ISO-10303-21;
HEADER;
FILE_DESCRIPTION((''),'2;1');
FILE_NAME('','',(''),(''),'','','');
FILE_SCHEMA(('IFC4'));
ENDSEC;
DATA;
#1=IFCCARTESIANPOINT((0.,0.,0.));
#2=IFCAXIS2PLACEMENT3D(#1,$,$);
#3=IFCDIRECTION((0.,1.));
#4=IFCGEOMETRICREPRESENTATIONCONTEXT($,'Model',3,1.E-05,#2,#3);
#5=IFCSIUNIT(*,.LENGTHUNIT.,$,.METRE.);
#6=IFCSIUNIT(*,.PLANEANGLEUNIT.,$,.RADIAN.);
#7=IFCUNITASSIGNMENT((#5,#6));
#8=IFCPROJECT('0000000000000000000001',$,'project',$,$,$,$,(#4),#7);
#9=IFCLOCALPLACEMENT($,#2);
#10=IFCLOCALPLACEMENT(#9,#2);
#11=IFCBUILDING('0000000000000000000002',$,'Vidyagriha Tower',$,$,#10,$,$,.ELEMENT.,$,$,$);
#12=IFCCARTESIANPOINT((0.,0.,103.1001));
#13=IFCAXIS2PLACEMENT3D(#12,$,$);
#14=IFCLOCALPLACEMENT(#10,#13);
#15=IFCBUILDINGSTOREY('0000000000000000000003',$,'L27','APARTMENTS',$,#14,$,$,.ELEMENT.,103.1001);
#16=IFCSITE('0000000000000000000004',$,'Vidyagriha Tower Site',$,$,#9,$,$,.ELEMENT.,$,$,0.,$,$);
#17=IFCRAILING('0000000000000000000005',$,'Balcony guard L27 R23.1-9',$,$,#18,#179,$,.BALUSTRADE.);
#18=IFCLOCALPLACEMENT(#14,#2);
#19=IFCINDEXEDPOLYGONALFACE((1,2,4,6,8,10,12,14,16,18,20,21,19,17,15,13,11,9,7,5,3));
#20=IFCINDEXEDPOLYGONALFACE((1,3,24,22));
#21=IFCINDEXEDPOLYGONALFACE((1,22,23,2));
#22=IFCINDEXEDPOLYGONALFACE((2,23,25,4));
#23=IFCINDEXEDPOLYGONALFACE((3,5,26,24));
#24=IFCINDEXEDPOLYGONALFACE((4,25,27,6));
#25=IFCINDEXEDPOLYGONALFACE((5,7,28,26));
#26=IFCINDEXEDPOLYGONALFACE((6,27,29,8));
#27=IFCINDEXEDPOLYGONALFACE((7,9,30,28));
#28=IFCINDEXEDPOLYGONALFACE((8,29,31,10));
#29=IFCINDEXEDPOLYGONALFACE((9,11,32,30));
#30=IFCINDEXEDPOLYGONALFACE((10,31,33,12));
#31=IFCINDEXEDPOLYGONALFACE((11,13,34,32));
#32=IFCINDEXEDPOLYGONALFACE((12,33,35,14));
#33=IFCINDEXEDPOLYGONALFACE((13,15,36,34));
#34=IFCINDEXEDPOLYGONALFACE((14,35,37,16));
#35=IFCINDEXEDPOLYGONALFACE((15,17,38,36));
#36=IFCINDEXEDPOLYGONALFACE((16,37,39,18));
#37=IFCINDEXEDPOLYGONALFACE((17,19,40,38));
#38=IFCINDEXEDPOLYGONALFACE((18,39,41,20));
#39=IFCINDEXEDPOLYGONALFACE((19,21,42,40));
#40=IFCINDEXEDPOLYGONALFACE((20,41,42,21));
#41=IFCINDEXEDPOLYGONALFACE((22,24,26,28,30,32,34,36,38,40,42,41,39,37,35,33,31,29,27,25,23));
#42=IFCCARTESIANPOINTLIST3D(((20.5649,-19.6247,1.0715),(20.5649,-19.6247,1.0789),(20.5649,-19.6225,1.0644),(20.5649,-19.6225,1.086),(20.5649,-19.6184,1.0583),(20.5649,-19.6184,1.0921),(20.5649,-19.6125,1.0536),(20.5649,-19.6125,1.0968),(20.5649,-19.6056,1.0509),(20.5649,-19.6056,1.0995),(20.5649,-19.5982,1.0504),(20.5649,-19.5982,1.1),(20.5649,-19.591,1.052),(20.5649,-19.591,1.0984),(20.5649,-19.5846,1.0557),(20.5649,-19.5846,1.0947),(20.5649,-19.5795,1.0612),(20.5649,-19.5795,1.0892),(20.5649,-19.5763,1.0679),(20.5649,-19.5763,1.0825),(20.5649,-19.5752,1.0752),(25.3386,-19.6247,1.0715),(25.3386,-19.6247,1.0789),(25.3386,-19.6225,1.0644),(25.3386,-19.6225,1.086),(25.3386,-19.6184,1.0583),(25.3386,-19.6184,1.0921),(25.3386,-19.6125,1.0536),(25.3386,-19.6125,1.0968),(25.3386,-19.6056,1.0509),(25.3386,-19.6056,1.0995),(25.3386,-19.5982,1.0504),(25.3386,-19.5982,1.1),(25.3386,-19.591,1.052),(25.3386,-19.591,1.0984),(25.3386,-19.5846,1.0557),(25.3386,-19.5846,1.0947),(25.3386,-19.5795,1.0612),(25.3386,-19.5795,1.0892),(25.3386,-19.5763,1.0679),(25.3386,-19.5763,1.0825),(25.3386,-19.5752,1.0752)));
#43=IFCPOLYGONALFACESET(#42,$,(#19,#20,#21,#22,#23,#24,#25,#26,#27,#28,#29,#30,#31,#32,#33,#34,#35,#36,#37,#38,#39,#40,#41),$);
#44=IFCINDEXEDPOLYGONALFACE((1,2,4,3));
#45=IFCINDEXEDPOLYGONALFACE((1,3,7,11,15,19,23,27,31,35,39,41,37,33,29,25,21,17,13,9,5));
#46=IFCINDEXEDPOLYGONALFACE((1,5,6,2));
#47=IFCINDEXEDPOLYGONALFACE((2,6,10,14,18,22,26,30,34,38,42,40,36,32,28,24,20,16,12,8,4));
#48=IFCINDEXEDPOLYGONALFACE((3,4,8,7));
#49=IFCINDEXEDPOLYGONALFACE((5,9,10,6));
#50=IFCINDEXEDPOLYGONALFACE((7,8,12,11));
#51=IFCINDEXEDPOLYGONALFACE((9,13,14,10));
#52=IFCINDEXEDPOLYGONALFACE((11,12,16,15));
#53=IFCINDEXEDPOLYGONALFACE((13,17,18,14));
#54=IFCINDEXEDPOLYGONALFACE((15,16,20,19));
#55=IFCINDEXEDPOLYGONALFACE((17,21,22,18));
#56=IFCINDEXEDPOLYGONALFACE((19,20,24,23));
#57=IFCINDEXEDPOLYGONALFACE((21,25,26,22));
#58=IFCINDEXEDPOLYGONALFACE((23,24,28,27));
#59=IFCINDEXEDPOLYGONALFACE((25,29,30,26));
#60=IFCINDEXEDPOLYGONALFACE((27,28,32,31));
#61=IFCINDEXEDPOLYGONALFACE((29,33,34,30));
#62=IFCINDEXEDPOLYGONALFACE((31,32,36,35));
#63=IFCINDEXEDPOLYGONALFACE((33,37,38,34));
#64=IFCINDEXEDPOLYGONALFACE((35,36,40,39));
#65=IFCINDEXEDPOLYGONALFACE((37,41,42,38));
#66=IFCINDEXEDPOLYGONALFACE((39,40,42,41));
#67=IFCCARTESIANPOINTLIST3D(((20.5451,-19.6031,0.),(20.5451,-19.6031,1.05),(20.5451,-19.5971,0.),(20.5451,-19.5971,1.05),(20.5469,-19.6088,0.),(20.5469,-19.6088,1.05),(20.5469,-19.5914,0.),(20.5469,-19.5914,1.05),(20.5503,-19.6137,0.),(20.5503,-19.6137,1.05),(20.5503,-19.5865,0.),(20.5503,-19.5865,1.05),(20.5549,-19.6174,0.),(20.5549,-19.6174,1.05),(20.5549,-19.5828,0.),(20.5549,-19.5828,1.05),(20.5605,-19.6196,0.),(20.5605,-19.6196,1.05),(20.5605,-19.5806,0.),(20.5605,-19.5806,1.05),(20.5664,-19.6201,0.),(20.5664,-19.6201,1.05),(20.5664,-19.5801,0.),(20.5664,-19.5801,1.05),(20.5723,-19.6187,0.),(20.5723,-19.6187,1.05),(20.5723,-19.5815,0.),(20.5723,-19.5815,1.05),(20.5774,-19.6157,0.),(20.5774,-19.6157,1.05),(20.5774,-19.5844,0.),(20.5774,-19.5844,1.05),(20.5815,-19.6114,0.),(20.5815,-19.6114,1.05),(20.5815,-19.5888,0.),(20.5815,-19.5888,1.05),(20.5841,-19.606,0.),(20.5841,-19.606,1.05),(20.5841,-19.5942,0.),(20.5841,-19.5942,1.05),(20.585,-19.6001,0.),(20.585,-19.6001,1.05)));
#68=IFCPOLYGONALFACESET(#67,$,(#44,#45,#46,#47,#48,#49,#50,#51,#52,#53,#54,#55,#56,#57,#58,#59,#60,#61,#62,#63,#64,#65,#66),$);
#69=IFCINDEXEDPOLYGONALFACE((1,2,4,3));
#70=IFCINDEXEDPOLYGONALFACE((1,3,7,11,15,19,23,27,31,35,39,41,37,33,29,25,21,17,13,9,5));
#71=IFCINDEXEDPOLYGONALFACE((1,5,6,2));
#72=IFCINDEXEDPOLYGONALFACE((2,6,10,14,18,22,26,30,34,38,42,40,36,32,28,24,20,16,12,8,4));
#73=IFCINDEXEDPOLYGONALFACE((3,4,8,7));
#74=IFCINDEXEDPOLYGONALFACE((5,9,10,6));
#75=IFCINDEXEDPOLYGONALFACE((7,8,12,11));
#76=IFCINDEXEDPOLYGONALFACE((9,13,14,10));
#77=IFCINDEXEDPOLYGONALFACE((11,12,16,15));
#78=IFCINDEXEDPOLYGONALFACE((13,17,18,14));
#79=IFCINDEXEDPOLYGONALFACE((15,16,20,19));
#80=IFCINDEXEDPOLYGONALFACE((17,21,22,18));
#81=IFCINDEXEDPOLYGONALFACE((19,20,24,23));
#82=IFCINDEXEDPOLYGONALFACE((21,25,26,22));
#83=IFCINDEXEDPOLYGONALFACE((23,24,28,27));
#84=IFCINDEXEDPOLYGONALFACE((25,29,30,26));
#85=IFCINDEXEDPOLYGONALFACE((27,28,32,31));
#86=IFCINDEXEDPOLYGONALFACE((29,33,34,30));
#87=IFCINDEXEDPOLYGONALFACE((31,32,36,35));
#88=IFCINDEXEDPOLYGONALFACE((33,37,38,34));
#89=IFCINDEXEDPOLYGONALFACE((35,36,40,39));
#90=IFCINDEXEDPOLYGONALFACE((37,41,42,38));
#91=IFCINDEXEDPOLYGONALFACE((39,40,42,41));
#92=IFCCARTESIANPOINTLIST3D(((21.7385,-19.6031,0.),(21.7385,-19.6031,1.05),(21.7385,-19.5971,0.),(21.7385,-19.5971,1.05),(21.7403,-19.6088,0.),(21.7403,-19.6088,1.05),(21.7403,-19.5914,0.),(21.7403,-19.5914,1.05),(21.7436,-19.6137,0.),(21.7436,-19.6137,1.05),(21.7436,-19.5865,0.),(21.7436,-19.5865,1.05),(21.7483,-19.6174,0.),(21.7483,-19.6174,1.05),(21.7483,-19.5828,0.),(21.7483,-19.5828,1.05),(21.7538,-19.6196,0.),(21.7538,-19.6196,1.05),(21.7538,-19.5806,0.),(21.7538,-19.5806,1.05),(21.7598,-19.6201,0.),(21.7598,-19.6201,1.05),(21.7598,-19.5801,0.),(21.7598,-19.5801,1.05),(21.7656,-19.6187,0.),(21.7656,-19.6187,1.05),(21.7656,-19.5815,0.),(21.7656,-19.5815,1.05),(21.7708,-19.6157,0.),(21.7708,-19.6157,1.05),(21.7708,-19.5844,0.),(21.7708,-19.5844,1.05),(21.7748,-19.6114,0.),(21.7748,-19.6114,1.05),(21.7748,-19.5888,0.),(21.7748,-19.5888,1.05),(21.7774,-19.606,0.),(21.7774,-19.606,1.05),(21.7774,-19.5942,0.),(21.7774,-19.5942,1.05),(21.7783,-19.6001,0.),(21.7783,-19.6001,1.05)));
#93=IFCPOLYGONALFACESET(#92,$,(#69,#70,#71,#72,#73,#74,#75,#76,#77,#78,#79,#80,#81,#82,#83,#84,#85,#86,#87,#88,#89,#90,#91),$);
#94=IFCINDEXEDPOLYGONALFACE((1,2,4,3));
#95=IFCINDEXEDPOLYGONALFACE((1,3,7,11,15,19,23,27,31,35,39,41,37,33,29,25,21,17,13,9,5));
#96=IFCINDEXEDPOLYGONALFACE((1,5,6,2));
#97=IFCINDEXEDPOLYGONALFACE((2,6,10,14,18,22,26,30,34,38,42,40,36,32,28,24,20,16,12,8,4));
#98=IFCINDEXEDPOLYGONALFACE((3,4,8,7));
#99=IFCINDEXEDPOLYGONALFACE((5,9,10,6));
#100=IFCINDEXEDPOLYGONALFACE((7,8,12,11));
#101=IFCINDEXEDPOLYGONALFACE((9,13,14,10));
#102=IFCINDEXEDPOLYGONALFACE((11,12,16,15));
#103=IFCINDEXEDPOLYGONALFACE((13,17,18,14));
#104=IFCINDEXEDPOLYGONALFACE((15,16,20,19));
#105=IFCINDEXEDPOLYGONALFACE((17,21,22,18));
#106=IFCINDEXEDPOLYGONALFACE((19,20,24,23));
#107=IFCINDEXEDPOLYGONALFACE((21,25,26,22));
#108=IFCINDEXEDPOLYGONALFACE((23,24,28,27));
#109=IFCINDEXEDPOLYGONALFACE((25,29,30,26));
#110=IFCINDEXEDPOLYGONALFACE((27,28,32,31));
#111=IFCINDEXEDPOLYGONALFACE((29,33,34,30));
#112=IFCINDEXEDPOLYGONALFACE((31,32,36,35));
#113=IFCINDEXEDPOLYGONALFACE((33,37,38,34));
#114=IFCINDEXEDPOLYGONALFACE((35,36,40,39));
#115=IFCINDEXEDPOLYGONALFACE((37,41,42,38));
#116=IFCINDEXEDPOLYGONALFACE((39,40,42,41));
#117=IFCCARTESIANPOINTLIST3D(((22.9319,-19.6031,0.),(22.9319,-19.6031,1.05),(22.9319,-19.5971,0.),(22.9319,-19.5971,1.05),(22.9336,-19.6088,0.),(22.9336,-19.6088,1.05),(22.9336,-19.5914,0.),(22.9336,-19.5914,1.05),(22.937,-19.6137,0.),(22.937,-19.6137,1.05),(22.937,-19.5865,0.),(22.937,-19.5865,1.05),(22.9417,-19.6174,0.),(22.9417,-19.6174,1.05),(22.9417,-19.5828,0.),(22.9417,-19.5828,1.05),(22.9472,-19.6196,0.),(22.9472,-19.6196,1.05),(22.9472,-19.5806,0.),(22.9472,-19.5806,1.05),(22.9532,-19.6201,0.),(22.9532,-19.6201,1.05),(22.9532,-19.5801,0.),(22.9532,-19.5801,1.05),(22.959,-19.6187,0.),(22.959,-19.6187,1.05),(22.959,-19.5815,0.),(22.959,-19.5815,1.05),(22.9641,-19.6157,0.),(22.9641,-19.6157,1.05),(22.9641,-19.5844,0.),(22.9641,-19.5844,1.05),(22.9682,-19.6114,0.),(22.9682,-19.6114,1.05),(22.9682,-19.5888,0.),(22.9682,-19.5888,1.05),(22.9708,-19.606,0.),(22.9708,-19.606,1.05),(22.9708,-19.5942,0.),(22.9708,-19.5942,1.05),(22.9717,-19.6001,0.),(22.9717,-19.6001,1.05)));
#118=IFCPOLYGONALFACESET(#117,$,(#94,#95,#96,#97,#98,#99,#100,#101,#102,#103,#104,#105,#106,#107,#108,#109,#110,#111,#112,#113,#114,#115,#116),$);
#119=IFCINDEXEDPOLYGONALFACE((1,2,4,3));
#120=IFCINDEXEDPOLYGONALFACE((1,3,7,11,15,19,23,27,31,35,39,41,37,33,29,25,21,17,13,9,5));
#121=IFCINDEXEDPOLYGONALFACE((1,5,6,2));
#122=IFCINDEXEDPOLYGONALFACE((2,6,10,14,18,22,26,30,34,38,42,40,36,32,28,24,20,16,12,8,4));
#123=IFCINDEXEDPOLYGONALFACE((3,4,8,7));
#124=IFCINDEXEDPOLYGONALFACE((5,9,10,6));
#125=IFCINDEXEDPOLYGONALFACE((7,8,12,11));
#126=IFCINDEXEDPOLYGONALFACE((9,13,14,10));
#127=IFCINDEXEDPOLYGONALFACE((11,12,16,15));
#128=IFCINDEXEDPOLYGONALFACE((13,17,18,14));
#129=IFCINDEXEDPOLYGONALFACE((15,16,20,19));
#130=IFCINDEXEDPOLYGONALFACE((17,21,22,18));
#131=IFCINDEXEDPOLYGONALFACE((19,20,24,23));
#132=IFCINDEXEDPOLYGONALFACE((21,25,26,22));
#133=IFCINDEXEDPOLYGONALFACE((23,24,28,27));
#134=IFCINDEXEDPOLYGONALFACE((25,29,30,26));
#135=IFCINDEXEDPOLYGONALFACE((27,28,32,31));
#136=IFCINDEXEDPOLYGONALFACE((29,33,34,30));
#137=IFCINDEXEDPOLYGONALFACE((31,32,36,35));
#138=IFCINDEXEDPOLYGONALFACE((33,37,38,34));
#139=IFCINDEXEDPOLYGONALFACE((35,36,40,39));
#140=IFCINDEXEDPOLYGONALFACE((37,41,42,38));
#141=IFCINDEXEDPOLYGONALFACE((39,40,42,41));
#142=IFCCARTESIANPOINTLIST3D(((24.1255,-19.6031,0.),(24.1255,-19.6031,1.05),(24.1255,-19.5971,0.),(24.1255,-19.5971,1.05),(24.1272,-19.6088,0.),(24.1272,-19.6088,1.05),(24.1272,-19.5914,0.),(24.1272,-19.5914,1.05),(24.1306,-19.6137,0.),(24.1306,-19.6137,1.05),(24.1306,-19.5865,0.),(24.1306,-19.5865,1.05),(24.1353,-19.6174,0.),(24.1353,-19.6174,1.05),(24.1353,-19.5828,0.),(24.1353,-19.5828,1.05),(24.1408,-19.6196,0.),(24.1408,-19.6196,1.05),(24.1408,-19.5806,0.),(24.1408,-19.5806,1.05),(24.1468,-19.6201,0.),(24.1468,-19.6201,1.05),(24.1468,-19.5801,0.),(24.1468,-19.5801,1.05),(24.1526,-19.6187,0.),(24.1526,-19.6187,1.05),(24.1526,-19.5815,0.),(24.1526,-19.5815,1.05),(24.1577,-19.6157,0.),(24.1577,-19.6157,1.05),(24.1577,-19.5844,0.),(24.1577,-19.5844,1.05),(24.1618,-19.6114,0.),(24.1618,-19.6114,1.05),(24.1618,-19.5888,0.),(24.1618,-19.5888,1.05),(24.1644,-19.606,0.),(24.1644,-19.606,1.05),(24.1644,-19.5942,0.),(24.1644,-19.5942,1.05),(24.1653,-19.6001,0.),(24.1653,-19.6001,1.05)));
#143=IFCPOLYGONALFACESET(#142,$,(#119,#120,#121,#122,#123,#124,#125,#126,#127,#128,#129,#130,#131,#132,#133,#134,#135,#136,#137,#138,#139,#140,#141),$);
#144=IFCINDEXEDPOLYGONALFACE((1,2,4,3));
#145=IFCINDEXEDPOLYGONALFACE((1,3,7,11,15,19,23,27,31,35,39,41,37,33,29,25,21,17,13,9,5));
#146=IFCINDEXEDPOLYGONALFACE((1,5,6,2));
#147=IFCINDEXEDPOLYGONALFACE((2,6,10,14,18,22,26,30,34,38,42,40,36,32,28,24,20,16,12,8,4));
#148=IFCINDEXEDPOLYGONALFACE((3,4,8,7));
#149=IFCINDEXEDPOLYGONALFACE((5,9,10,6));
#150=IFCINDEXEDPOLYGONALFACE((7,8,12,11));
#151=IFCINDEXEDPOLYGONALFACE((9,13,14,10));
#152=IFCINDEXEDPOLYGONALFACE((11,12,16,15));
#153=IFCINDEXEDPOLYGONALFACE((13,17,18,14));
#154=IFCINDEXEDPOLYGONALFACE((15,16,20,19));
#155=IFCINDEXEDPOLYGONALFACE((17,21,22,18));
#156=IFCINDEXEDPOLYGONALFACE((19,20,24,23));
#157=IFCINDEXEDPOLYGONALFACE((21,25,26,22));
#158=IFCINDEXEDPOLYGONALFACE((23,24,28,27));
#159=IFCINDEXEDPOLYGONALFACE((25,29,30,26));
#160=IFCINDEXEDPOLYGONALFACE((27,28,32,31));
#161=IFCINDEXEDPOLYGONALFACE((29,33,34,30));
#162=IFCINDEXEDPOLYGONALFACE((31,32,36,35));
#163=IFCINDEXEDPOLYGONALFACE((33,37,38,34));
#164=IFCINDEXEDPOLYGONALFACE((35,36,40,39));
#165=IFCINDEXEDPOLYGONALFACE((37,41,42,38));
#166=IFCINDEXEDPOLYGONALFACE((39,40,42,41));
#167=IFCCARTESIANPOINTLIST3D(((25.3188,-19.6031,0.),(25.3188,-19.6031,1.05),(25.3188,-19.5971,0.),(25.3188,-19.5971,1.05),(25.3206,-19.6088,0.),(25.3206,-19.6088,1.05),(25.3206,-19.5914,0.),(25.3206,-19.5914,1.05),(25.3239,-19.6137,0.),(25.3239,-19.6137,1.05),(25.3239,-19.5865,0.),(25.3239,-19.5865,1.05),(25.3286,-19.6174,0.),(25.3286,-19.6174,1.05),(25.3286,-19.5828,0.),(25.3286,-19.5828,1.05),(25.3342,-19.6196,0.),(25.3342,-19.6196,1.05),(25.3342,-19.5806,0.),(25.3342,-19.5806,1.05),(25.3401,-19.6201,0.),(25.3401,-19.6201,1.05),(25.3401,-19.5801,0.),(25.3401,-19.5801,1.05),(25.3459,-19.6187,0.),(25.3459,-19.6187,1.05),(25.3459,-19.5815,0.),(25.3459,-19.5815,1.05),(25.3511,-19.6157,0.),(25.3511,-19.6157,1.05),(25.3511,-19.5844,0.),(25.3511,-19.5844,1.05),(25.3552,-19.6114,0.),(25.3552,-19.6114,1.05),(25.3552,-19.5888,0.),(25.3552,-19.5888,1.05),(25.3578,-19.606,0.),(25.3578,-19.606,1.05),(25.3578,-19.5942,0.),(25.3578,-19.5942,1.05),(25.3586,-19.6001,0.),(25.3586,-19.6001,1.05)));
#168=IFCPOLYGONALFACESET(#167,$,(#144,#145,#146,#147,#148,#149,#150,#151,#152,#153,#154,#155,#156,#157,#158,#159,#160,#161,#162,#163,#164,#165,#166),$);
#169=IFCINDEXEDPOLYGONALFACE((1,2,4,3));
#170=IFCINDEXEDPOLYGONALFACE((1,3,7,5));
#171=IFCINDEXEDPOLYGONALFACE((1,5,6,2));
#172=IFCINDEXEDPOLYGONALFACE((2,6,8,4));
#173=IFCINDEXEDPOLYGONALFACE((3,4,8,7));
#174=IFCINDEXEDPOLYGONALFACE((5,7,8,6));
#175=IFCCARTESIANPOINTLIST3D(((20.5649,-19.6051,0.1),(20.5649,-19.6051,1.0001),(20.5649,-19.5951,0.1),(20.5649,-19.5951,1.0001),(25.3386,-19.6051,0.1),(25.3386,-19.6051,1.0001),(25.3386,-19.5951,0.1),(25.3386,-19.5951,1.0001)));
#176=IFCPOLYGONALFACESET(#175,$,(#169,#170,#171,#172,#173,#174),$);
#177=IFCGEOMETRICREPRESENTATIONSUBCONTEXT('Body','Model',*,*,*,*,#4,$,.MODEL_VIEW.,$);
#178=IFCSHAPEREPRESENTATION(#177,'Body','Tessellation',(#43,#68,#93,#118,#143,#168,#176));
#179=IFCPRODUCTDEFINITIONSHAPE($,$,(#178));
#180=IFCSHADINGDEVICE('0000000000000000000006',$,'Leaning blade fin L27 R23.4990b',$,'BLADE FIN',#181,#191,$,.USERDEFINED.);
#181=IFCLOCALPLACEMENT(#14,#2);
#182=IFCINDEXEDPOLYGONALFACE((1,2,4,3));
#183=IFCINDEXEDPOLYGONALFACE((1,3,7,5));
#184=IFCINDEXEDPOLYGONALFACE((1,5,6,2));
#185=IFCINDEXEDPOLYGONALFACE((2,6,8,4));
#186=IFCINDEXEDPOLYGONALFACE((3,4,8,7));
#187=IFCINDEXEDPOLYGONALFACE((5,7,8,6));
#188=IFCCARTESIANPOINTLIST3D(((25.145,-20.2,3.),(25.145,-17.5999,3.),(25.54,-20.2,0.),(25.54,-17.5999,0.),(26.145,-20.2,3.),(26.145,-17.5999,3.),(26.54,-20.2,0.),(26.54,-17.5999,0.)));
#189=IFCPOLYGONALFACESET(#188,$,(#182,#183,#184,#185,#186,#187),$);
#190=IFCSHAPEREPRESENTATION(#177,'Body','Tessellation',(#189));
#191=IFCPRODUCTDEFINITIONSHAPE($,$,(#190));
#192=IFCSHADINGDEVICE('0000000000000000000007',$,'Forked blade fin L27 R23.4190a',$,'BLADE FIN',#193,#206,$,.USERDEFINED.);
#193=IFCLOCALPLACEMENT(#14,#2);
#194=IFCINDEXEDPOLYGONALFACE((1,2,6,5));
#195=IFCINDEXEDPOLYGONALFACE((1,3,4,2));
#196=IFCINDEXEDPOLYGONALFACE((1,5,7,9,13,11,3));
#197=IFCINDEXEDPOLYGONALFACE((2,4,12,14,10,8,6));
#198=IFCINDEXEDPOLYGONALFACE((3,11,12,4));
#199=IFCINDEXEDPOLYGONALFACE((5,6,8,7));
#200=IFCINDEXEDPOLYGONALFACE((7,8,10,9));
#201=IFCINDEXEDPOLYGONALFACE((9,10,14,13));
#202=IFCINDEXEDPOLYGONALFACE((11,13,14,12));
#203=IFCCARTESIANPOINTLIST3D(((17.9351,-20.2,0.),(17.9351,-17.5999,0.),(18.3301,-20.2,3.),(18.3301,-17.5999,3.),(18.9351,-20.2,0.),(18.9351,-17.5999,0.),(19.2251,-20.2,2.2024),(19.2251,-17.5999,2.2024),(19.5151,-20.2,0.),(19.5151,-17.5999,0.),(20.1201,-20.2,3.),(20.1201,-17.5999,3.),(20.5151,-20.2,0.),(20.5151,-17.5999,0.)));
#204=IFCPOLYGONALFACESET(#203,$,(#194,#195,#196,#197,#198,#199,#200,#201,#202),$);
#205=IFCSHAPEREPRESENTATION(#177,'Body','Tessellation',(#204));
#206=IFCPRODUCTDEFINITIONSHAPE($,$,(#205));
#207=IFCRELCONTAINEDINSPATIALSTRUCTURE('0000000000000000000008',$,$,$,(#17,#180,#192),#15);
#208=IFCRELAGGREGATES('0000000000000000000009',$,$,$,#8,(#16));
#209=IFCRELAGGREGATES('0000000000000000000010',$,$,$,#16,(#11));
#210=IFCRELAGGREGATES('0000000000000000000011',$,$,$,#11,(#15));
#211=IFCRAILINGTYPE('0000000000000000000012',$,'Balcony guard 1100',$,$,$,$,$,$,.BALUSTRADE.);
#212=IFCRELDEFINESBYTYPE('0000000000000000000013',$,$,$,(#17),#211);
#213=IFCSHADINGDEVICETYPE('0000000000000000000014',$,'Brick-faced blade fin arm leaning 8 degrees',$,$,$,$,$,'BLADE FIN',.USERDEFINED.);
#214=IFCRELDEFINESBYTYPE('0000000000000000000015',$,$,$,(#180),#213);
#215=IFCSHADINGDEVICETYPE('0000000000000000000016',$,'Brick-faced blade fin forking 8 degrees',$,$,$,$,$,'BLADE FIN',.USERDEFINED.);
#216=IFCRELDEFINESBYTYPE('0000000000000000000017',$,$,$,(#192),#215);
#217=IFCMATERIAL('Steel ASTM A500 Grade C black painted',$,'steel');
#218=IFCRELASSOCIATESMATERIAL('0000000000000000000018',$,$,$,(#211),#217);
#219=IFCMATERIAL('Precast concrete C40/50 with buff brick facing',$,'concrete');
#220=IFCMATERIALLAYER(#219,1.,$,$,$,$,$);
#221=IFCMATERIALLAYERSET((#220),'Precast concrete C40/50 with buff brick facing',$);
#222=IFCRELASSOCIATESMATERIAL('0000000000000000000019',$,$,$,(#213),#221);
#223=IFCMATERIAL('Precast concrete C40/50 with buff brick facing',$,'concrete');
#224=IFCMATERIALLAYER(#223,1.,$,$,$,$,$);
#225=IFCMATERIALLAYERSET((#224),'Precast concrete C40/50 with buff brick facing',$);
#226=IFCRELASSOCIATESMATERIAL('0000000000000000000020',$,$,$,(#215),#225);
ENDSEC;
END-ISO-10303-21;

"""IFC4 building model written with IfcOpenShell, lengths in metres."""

from ifc_helpers import new_model, si_unit, direction, frame, origin, origin_2d, place, context, subcontext, project, spatial, polyline, rectangle, circle, outline, extrude, material, layer, layer_set, type_object, element, save


model = new_model("IFC4")

# Units and contexts
model_context = context("Model", 3, precision=1e-05, world=origin(), true_north=direction((0.0, 1.0)))
body_context = subcontext(model_context, "Body", "Model", "MODEL_VIEW")
ifc_project = project(units=[si_unit("LENGTHUNIT", "METRE"), si_unit("PLANEANGLEUNIT", "RADIAN")], contexts=[model_context])

# Site, building, storey
site_placement = place(None, origin())
site = spatial("IfcSite", under=ifc_project, at=site_placement, Name="Vidyagriha Tower Site", CompositionType="ELEMENT", RefElevation=0.0)
building_placement = place(site_placement, origin())
building = spatial("IfcBuilding", under=site, at=building_placement, Name="Vidyagriha Tower", CompositionType="ELEMENT")
storey_placement = place(building_placement, frame((0.0, 0.0, 103.1001)))
storey = spatial("IfcBuildingStorey", under=building, at=storey_placement, Name="L27", Description="APARTMENTS", CompositionType="ELEMENT", Elevation=103.1001)

# Railing
ifc_material_1 = material(Name="Steel ASTM A500 Grade C black painted", Category="steel")
railing_type = type_object("IfcRailingType", Name="Balcony guard 1100", PredefinedType="BALUSTRADE", material=ifc_material_1)
railing_placement = place(storey_placement, frame((20.5649, -19.6001, 0.0)))
element("IfcRailing", 1, at=railing_placement, inside=storey, type_object=railing_type, Name="Balcony guard L27 R23.1-9", PredefinedType="BALUSTRADE", context=body_context, shape_type="SweptSolid", body=[
    extrude(circle(Radius=0.0249, at=origin_2d()), frame((0.0, 0.0, 1.0752), z_axis=(1.0, 0.0, 0.0), x_axis=(0.0, 1.0, 0.0)), (0.0, 0.0, 1.0), 4.7737),
    extrude(circle(Radius=0.02, at=origin_2d()), origin(), (0.0, 0.0, 1.0), 1.05),
    extrude(circle(Radius=0.02, at=origin_2d()), frame((1.1934, 0.0, 0.0)), (0.0, 0.0, 1.0), 1.05),
    extrude(circle(Radius=0.02, at=origin_2d()), frame((2.3867, 0.0, 0.0)), (0.0, 0.0, 1.0), 1.05),
    extrude(circle(Radius=0.02, at=origin_2d()), frame((3.5803, 0.0, 0.0)), (0.0, 0.0, 1.0), 1.05),
    extrude(circle(Radius=0.02, at=origin_2d()), frame((4.7737, 0.0, 0.0)), (0.0, 0.0, 1.0), 1.05),
    extrude(rectangle(XDim=0.01, YDim=0.9001, at=origin_2d()), frame((0.0, 0.0, 0.55), z_axis=(1.0, 0.0, 0.0), x_axis=(0.0, 1.0, 0.0)), (0.0, 0.0, 1.0), 4.7737),
])

# Shading devices
ifc_material_2 = material(Name="Precast concrete C40/50 with buff brick facing", Category="concrete")
ifc_layer_1 = layer(ifc_material_2, 1.0)
ifc_layer_set_1 = layer_set([ifc_layer_1], Name="Precast concrete C40/50 with buff brick facing")
shading_device_type_1 = type_object("IfcShadingDeviceType", Name="Brick-faced blade fin arm leaning 8 degrees", ElementType="BLADE FIN", PredefinedType="USERDEFINED", material=ifc_layer_set_1)
shading_device_1_placement = place(storey_placement, frame((25.145, -18.8999, 0.0)))
element("IfcShadingDevice", 2, at=shading_device_1_placement, inside=storey, type_object=shading_device_type_1, Name="Leaning blade fin L27 R23.4990b", ObjectType="BLADE FIN", PredefinedType="USERDEFINED", context=body_context, shape_type="SweptSolid", body=[
    extrude(outline(polyline([(0.395, 0.0), (1.395, 0.0), (1.0, 3.0), (0.0, 3.0), (0.395, 0.0)])), frame((0.0, 1.3, 0.0), z_axis=(0.0, -1.0, 0.0), x_axis=(1.0, 0.0, 0.0)), (0.0, 0.0, 1.0), 2.6001),
])
ifc_material_3 = material(Name="Precast concrete C40/50 with buff brick facing", Category="concrete")
ifc_layer_2 = layer(ifc_material_3, 1.0)
ifc_layer_set_2 = layer_set([ifc_layer_2], Name="Precast concrete C40/50 with buff brick facing")
shading_device_type_2 = type_object("IfcShadingDeviceType", Name="Brick-faced blade fin forking 8 degrees", ElementType="BLADE FIN", PredefinedType="USERDEFINED", material=ifc_layer_set_2)
shading_device_2_placement = place(storey_placement, frame((17.9351, -18.8999, 0.0)))
element("IfcShadingDevice", 3, at=shading_device_2_placement, inside=storey, type_object=shading_device_type_2, Name="Forked blade fin L27 R23.4190a", ObjectType="BLADE FIN", PredefinedType="USERDEFINED", context=body_context, shape_type="SweptSolid", body=[
    extrude(outline(polyline([(1.0, 0.0), (1.29, 2.2024), (1.5801, 0.0), (2.5801, 0.0), (2.1851, 3.0), (0.395, 3.0), (0.0, 0.0), (1.0, 0.0)])), frame((0.0, 1.3, 0.0), z_axis=(0.0, -1.0, 0.0), x_axis=(1.0, 0.0, 0.0)), (0.0, 0.0, 1.0), 2.6001),
])

save(model, "model.ifc")
